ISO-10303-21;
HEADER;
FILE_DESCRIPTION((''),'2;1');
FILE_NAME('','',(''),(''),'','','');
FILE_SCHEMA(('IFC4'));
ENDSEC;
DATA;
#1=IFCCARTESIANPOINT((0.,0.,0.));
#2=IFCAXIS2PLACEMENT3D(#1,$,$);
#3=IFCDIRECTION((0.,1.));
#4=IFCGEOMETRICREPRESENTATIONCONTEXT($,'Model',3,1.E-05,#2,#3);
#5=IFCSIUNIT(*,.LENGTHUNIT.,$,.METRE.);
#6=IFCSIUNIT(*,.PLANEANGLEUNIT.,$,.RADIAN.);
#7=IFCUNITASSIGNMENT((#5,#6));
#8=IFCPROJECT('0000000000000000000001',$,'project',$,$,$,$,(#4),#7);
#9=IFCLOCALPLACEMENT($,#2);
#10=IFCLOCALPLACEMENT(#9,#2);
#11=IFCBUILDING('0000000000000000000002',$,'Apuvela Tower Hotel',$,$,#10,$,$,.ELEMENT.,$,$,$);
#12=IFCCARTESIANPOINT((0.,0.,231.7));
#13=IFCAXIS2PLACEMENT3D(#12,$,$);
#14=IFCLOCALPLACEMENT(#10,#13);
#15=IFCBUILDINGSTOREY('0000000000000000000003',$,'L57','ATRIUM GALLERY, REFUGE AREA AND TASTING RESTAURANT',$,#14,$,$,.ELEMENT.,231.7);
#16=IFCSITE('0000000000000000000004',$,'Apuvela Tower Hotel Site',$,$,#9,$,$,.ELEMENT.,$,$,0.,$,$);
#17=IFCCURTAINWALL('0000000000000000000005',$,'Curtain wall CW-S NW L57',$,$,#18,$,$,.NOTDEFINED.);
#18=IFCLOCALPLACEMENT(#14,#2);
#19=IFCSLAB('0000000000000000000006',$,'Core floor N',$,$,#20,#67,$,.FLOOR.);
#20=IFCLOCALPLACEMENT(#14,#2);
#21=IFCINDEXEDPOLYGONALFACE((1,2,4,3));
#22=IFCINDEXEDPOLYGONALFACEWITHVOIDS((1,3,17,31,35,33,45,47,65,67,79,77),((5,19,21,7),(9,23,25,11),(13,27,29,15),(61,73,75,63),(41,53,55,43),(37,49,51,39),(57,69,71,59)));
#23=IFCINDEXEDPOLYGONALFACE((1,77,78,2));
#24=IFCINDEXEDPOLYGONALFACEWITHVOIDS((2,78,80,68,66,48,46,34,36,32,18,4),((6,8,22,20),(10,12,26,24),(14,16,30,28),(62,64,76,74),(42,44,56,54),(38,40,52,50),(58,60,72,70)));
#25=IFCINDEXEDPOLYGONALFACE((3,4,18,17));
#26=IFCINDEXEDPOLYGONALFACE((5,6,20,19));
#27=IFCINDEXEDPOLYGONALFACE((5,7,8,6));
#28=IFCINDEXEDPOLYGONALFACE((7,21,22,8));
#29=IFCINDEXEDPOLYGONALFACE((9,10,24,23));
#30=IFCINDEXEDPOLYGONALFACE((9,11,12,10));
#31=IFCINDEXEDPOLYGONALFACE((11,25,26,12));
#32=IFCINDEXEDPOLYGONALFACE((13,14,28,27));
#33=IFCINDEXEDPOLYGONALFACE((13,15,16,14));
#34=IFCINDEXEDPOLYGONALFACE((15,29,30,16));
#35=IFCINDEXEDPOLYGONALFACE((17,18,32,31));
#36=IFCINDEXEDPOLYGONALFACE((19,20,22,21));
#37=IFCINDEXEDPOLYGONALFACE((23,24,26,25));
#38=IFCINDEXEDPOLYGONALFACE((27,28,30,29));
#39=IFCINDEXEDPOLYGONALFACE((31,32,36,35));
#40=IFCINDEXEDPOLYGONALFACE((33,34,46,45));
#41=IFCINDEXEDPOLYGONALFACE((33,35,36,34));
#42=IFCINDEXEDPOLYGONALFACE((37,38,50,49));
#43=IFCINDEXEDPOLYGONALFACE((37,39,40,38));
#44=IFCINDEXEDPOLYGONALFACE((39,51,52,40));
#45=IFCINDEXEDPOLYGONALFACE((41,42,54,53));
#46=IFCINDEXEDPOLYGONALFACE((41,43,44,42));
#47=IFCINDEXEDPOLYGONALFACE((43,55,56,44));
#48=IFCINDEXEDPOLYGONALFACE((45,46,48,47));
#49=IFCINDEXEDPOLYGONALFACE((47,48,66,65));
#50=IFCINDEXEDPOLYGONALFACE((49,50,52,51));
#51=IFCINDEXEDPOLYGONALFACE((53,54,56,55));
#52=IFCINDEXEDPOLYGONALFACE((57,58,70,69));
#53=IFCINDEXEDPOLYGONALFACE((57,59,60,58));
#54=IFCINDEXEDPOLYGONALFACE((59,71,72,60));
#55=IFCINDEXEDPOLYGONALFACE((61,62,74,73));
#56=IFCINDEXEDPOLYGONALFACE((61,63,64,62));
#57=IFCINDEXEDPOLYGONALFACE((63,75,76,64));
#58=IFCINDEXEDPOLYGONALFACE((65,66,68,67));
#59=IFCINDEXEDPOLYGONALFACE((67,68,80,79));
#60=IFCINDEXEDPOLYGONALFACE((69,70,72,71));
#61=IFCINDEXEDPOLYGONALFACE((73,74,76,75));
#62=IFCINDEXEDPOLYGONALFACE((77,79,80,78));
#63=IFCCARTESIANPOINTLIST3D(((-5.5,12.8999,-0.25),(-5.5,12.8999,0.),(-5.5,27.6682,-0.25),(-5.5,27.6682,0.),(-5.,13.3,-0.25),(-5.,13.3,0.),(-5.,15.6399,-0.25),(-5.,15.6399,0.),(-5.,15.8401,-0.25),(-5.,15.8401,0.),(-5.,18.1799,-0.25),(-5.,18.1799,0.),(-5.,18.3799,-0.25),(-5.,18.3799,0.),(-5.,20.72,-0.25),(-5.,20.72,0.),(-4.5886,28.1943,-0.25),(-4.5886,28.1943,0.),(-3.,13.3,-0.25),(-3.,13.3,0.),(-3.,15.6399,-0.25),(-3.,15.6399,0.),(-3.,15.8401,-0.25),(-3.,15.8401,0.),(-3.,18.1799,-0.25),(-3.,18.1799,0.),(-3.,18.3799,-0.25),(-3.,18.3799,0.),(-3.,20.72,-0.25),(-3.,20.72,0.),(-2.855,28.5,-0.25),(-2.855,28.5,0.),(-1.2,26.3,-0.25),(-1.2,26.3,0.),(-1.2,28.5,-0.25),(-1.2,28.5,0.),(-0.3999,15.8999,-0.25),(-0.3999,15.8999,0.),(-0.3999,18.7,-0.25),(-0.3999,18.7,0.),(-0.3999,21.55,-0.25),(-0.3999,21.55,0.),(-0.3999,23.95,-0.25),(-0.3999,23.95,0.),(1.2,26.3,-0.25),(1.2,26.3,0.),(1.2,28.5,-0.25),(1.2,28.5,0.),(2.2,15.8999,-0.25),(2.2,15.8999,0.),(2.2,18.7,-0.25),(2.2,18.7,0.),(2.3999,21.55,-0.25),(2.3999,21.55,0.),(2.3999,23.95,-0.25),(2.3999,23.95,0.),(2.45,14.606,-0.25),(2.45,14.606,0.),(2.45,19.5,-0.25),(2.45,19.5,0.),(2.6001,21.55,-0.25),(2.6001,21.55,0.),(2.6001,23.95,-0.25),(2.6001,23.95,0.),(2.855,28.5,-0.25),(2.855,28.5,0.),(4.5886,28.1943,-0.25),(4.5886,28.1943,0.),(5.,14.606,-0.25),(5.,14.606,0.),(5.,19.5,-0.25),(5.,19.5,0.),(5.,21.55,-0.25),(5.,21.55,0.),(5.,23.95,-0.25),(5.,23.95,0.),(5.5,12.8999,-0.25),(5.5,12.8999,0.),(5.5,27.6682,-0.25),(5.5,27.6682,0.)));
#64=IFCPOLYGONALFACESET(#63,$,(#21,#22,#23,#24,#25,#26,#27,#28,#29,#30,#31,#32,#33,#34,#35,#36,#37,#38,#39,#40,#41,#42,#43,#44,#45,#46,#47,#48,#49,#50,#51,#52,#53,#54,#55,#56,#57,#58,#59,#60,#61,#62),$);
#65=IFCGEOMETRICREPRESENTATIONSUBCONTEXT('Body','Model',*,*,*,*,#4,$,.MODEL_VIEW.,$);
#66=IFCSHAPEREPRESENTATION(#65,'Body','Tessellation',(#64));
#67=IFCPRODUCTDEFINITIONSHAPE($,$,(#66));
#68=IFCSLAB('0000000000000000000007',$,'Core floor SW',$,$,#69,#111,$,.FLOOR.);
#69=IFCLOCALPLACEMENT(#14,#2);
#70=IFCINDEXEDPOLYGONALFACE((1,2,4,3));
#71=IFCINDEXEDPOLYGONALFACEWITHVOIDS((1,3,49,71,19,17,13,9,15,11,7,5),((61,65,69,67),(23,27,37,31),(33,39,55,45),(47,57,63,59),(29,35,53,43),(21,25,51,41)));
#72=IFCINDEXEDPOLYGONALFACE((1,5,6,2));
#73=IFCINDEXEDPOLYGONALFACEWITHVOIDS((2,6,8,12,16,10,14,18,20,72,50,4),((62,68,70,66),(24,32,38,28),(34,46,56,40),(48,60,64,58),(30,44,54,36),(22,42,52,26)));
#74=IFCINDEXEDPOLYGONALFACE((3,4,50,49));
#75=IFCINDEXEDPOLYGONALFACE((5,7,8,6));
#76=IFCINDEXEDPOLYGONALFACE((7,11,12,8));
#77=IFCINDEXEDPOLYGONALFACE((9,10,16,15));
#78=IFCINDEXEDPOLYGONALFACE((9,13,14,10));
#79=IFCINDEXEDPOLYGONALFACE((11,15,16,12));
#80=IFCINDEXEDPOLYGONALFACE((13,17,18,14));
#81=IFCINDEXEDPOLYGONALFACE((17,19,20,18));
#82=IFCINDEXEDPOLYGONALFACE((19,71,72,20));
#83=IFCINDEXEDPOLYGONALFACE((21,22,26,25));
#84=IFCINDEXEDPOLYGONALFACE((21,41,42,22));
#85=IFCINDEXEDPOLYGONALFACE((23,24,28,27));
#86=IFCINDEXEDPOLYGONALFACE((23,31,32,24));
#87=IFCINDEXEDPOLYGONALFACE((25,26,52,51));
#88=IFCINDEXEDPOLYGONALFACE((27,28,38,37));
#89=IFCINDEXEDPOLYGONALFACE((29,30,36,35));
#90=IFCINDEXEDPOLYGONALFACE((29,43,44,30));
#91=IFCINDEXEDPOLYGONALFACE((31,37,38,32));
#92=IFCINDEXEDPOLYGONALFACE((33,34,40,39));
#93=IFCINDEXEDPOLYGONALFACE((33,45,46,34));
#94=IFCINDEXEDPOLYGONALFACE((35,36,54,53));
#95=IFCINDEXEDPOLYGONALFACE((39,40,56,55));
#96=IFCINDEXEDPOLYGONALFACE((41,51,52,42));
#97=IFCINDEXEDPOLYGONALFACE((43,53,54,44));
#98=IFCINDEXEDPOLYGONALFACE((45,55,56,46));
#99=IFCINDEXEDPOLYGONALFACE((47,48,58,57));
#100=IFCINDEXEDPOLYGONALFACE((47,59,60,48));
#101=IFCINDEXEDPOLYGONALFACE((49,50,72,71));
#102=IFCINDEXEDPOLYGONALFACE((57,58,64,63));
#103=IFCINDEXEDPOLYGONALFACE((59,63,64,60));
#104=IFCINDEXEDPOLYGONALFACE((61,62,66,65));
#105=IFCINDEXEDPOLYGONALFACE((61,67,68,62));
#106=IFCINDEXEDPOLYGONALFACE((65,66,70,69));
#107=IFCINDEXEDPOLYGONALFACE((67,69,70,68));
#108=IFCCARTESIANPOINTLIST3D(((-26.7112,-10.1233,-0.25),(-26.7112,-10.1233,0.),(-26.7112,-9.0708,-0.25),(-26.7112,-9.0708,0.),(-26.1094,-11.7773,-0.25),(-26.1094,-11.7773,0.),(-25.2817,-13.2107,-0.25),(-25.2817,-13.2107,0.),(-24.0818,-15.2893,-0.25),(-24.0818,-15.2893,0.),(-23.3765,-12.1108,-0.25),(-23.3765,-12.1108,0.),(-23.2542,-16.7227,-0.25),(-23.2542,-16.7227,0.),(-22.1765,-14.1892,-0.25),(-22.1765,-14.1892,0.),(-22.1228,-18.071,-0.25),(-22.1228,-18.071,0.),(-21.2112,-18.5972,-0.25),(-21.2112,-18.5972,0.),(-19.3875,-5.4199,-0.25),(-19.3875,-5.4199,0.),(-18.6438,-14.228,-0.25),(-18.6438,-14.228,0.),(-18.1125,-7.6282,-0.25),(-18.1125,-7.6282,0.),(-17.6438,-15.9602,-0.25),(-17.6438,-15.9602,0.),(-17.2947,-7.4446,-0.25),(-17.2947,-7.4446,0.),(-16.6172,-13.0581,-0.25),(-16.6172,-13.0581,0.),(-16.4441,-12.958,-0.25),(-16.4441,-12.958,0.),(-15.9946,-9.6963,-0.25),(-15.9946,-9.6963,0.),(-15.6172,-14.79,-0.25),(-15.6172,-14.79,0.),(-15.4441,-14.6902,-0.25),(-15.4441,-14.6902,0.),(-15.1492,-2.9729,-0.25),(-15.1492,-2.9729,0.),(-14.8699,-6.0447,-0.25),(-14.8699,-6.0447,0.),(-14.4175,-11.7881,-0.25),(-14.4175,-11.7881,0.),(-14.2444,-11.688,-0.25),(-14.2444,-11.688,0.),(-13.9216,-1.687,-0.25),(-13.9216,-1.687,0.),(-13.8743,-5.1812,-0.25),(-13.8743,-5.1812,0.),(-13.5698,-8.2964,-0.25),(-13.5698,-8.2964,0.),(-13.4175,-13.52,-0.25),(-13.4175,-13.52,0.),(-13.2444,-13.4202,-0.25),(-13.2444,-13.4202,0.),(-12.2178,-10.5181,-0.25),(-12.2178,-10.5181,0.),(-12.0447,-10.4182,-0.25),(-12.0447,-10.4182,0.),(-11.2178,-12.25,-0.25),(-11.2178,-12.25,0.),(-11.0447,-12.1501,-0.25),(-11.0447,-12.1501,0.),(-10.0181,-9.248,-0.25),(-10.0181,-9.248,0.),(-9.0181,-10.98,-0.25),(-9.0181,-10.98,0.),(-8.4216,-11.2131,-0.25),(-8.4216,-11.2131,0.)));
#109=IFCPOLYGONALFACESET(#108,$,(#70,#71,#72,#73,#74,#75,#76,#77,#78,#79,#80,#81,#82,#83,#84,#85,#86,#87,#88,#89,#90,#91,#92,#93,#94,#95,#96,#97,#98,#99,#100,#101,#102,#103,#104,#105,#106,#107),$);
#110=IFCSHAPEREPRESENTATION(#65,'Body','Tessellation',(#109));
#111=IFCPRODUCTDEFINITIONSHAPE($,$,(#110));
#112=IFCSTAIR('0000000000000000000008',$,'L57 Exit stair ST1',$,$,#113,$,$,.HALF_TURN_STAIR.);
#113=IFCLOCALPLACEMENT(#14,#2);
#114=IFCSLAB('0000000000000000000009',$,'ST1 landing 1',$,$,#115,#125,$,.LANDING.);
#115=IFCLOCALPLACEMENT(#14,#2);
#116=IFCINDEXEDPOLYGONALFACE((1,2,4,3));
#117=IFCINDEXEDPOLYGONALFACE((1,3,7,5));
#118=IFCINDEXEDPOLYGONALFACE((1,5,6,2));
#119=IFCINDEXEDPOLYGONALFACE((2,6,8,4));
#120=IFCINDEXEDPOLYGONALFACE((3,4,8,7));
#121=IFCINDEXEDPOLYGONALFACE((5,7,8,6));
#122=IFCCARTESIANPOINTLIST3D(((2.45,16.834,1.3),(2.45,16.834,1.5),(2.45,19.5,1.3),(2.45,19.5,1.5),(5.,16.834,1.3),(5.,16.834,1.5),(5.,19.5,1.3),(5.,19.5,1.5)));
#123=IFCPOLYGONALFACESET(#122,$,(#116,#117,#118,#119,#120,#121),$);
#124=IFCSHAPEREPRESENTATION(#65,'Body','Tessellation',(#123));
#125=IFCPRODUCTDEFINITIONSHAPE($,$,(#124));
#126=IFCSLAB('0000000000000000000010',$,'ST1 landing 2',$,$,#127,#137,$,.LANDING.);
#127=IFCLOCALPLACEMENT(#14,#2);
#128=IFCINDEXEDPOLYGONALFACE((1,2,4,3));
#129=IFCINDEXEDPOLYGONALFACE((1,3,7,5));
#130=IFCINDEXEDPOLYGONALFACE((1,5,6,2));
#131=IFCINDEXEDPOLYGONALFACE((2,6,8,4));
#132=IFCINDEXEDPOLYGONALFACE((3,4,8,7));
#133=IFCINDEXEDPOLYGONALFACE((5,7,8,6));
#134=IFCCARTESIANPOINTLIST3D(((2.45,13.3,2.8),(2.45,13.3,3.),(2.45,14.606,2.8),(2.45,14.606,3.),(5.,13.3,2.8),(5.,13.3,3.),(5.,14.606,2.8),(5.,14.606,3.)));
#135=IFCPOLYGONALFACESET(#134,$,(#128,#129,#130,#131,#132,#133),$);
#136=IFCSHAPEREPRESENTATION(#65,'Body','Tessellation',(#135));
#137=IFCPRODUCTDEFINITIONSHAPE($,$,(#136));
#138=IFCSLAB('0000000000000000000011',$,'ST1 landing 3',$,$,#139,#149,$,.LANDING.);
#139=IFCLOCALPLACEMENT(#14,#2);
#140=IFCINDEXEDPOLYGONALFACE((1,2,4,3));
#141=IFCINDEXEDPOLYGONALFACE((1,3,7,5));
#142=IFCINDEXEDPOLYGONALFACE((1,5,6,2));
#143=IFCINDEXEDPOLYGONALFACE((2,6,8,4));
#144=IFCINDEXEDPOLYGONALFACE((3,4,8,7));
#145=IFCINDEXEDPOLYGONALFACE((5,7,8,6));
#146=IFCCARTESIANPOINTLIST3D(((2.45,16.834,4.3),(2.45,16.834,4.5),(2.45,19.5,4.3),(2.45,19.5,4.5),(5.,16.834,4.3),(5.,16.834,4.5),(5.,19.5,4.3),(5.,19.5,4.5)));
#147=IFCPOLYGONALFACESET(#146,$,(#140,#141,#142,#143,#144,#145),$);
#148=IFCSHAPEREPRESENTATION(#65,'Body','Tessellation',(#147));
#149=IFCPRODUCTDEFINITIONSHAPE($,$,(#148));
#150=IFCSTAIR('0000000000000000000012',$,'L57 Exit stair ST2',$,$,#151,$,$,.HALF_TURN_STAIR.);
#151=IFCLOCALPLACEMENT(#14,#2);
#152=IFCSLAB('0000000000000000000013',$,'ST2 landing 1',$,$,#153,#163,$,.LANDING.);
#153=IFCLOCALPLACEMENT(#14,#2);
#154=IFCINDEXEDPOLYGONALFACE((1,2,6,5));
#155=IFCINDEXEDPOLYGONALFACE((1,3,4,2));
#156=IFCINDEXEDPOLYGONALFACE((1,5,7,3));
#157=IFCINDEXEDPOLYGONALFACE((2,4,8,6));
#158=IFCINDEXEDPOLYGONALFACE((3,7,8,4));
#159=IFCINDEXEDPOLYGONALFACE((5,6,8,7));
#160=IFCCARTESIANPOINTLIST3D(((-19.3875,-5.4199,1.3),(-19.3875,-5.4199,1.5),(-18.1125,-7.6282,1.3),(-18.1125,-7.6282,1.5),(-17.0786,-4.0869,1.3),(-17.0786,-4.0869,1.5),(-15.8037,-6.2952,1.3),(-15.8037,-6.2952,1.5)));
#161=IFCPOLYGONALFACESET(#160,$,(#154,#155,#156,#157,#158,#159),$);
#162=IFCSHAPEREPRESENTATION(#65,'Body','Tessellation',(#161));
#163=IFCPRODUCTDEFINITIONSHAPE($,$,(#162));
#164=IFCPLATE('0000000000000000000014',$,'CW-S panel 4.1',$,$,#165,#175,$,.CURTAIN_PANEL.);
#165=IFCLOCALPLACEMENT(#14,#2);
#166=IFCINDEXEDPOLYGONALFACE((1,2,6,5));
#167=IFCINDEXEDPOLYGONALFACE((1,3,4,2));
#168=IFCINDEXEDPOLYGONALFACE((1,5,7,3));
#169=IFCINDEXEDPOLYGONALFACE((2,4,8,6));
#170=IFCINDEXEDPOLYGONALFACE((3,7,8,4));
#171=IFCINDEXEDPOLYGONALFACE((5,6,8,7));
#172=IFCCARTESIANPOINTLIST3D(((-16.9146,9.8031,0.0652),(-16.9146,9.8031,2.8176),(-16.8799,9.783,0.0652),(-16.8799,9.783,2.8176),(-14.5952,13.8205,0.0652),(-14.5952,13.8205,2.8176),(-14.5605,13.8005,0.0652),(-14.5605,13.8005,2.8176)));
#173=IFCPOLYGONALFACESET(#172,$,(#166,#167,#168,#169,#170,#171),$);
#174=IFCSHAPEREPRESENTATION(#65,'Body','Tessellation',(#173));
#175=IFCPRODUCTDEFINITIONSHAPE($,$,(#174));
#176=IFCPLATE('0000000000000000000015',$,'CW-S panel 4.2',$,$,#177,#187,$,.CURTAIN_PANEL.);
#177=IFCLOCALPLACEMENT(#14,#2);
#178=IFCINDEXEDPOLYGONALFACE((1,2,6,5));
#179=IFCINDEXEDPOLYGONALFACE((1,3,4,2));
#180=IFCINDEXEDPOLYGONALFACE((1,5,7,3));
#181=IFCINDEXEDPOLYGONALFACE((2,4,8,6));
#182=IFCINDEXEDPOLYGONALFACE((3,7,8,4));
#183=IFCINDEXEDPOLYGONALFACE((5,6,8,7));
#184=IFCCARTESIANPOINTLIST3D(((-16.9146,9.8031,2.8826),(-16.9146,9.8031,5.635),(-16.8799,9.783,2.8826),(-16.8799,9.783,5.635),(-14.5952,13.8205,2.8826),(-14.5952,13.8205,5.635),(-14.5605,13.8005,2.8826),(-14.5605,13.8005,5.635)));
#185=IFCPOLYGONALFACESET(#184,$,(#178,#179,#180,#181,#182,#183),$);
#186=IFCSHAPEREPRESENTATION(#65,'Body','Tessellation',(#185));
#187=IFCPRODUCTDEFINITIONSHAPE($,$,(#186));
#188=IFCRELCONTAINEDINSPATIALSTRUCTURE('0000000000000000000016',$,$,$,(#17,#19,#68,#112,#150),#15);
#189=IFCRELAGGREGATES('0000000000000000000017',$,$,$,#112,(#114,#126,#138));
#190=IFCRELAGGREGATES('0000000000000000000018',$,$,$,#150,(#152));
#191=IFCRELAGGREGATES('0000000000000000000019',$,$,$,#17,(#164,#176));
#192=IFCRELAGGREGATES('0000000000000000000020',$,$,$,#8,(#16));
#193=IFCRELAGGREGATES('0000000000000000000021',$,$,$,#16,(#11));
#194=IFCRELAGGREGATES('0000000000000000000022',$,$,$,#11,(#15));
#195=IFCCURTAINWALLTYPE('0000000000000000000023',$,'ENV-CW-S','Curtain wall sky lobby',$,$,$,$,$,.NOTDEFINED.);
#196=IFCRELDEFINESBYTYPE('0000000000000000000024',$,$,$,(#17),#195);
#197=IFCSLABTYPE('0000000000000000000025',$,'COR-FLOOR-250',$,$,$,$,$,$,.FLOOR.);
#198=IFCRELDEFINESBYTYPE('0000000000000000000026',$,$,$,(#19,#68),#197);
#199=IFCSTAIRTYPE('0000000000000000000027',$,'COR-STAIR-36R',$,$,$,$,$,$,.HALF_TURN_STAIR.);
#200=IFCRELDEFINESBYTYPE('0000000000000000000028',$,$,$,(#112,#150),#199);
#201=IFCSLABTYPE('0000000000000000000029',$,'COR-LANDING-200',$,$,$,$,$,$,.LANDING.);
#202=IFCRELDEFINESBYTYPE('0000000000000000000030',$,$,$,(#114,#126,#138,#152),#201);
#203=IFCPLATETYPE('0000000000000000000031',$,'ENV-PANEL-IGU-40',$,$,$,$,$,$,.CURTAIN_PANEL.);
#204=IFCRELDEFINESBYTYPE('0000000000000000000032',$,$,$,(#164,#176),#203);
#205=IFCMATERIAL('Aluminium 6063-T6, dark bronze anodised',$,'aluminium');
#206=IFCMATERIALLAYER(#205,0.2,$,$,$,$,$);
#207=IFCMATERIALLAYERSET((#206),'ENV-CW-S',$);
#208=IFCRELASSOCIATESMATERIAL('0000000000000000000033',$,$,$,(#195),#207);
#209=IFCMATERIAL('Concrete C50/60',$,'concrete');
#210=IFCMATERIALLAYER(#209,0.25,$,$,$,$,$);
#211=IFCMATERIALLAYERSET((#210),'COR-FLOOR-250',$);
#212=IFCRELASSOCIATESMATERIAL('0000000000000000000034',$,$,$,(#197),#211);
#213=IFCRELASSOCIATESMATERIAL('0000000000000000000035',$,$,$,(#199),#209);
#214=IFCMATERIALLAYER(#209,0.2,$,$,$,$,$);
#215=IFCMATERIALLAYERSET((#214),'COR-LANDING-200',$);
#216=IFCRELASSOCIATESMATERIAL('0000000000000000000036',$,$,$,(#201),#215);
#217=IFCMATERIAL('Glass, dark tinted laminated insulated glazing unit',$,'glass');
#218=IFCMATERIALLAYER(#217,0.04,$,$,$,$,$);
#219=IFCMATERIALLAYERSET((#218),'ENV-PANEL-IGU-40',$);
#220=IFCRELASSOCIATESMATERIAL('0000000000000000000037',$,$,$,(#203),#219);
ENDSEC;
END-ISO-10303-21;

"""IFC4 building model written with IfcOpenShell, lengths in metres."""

from ifc_helpers import new_model, si_unit, direction, frame, origin, origin_2d, place, context, subcontext, project, spatial, polyline, rectangle, outline, extrude, material, layer, layer_set, type_object, element, aggregate, save


model = new_model("IFC4")

# Units and contexts
model_context = context("Model", 3, precision=1e-05, world=origin(), true_north=direction((0.0, 1.0)))
body_context = subcontext(model_context, "Body", "Model", "MODEL_VIEW")
ifc_project = project(units=[si_unit("LENGTHUNIT", "METRE"), si_unit("PLANEANGLEUNIT", "RADIAN")], contexts=[model_context])

# Site, building, storey
site_placement = place(None, origin())
site = spatial("IfcSite", under=ifc_project, at=site_placement, Name="Apuvela Tower Hotel Site", CompositionType="ELEMENT", RefElevation=0.0)
building_placement = place(site_placement, origin())
building = spatial("IfcBuilding", under=site, at=building_placement, Name="Apuvela Tower Hotel", CompositionType="ELEMENT")
storey_placement = place(building_placement, frame((0.0, 0.0, 231.7)))
storey = spatial("IfcBuildingStorey", under=building, at=storey_placement, Name="L57", Description="ATRIUM GALLERY, REFUGE AREA AND TASTING RESTAURANT", CompositionType="ELEMENT", Elevation=231.7)

# Curtain wall
ifc_material_1 = material(Name="Aluminium 6063-T6, dark bronze anodised", Category="aluminium")
ifc_layer_1 = layer(ifc_material_1, 0.2)
ifc_layer_set_1 = layer_set([ifc_layer_1], Name="ENV-CW-S")
curtain_wall_type = type_object("IfcCurtainWallType", Name="ENV-CW-S", Description="Curtain wall sky lobby", PredefinedType="NOTDEFINED", material=ifc_layer_set_1)
curtain_wall_placement = place(storey_placement, origin())
curtain_wall = element("IfcCurtainWall", 1, at=curtain_wall_placement, inside=storey, type_object=curtain_wall_type, Name="Curtain wall CW-S NW L57", PredefinedType="NOTDEFINED")

# Slabs
ifc_material_2 = material(Name="Concrete C50/60", Category="concrete")
ifc_layer_2 = layer(ifc_material_2, 0.25)
ifc_layer_set_2 = layer_set([ifc_layer_2], Name="COR-FLOOR-250")
slab_type_1 = type_object("IfcSlabType", Name="COR-FLOOR-250", PredefinedType="FLOOR", material=ifc_layer_set_2)
slab_1_placement = place(storey_placement, frame((0.0, 0.0, -0.25)))
element("IfcSlab", 2, at=slab_1_placement, inside=storey, type_object=slab_type_1, Name="Core floor N", PredefinedType="FLOOR", context=body_context, shape_type="SweptSolid", body=[
    extrude(outline(polyline([(5.5, 27.6682), (4.5886, 28.1943), (2.855, 28.5), (1.2, 28.5), (1.2, 26.3), (-1.2, 26.3), (-1.2, 28.5), (-2.855, 28.5), (-4.5886, 28.1943), (-5.5, 27.6682), (-5.5, 12.8999), (5.5, 12.8999), (5.5, 27.6682)]), holes=[polyline([(-3.0, 13.3), (-5.0, 13.3), (-5.0, 15.6399), (-3.0, 15.6399), (-3.0, 13.3)]), polyline([(-3.0, 18.1799), (-3.0, 15.8401), (-5.0, 15.8401), (-5.0, 18.1799), (-3.0, 18.1799)]), polyline([(5.0, 19.5), (5.0, 14.606), (2.45, 14.606), (2.45, 19.5), (5.0, 19.5)]), polyline([(2.2, 18.7), (2.2, 15.8999), (-0.3999, 15.8999), (-0.3999, 18.7), (2.2, 18.7)]), polyline([(-3.0, 20.72), (-3.0, 18.3799), (-5.0, 18.3799), (-5.0, 20.72), (-3.0, 20.72)]), polyline([(5.0, 23.95), (5.0, 21.55), (2.6001, 21.55), (2.6001, 23.95), (5.0, 23.95)]), polyline([(2.3999, 23.95), (2.3999, 21.55), (-0.3999, 21.55), (-0.3999, 23.95), (2.3999, 23.95)])]), origin(), (0.0, 0.0, 1.0), 0.25),
])
slab_2_placement = place(storey_placement, frame((0.0, 0.0, -0.25)))
element("IfcSlab", 3, at=slab_2_placement, inside=storey, type_object=slab_type_1, Name="Core floor SW", PredefinedType="FLOOR", context=body_context, shape_type="SweptSolid", body=[
    extrude(outline(polyline([(-26.7112, -9.0708), (-26.7112, -10.1233), (-26.1094, -11.7773), (-25.2817, -13.2107), (-23.3765, -12.1108), (-22.1765, -14.1892), (-24.0818, -15.2893), (-23.2542, -16.7227), (-22.1228, -18.071), (-21.2112, -18.5972), (-8.4216, -11.2131), (-13.9216, -1.687), (-26.7112, -9.0708)]), holes=[polyline([(-10.0181, -9.248), (-9.0181, -10.98), (-11.0447, -12.1501), (-12.0447, -10.4182), (-10.0181, -9.248)]), polyline([(-14.2444, -11.688), (-12.2178, -10.5181), (-11.2178, -12.25), (-13.2444, -13.4202), (-14.2444, -11.688)]), polyline([(-19.3875, -5.4199), (-15.1492, -2.9729), (-13.8743, -5.1812), (-18.1125, -7.6282), (-19.3875, -5.4199)]), polyline([(-14.8699, -6.0447), (-13.5698, -8.2964), (-15.9946, -9.6963), (-17.2947, -7.4446), (-14.8699, -6.0447)]), polyline([(-16.4441, -12.958), (-14.4175, -11.7881), (-13.4175, -13.52), (-15.4441, -14.6902), (-16.4441, -12.958)]), polyline([(-18.6438, -14.228), (-16.6172, -13.0581), (-15.6172, -14.79), (-17.6438, -15.9602), (-18.6438, -14.228)])]), origin(), (0.0, 0.0, 1.0), 0.25),
])

# Stair, slabs
stair_type = type_object("IfcStairType", Name="COR-STAIR-36R", PredefinedType="HALF_TURN_STAIR", material=ifc_material_2)
stair_1_placement = place(storey_placement, origin())
stair_1 = element("IfcStair", 4, at=stair_1_placement, inside=storey, type_object=stair_type, Name="L57 Exit stair ST1", PredefinedType="HALF_TURN_STAIR")
ifc_layer_3 = layer(ifc_material_2, 0.2)
ifc_layer_set_3 = layer_set([ifc_layer_3], Name="COR-LANDING-200")
slab_type_2 = type_object("IfcSlabType", Name="COR-LANDING-200", PredefinedType="LANDING", material=ifc_layer_set_3)
slab_3_placement = place(storey_placement, frame((0.0, 0.0, 1.3)))
slab_3 = element("IfcSlab", 5, at=slab_3_placement, type_object=slab_type_2, Name="ST1 landing 1", PredefinedType="LANDING", context=body_context, shape_type="SweptSolid", body=[
    extrude(outline(polyline([(5.0, 16.834), (5.0, 19.5), (2.45, 19.5), (2.45, 16.834), (5.0, 16.834)])), origin(), (0.0, 0.0, 1.0), 0.2),
])
slab_4_placement = place(storey_placement, frame((0.0, 0.0, 2.8)))
slab_4 = element("IfcSlab", 6, at=slab_4_placement, type_object=slab_type_2, Name="ST1 landing 2", PredefinedType="LANDING", context=body_context, shape_type="SweptSolid", body=[
    extrude(outline(polyline([(5.0, 13.3), (5.0, 14.606), (2.45, 14.606), (2.45, 13.3), (5.0, 13.3)])), origin(), (0.0, 0.0, 1.0), 0.2),
])
slab_5_placement = place(storey_placement, frame((0.0, 0.0, 4.3)))
slab_5 = element("IfcSlab", 7, at=slab_5_placement, type_object=slab_type_2, Name="ST1 landing 3", PredefinedType="LANDING", context=body_context, shape_type="SweptSolid", body=[
    extrude(outline(polyline([(5.0, 16.834), (5.0, 19.5), (2.45, 19.5), (2.45, 16.834), (5.0, 16.834)])), origin(), (0.0, 0.0, 1.0), 0.2),
])
aggregate(stair_1, [slab_3, slab_4, slab_5])

# Stair, slab
stair_2_placement = place(storey_placement, origin())
stair_2 = element("IfcStair", 8, at=stair_2_placement, inside=storey, type_object=stair_type, Name="L57 Exit stair ST2", PredefinedType="HALF_TURN_STAIR")
slab_6_placement = place(storey_placement, frame((0.0, 0.0, 1.3)))
slab_6 = element("IfcSlab", 9, at=slab_6_placement, type_object=slab_type_2, Name="ST2 landing 1", PredefinedType="LANDING", context=body_context, shape_type="SweptSolid", body=[
    extrude(outline(polyline([(-17.0786, -4.0869), (-19.3875, -5.4199), (-18.1125, -7.6282), (-15.8037, -6.2952), (-17.0786, -4.0869)])), origin(), (0.0, 0.0, 1.0), 0.2),
])
aggregate(stair_2, [slab_6])

# Plates
ifc_material_3 = material(Name="Glass, dark tinted laminated insulated glazing unit", Category="glass")
ifc_layer_4 = layer(ifc_material_3, 0.04)
ifc_layer_set_4 = layer_set([ifc_layer_4], Name="ENV-PANEL-IGU-40")
plate_type = type_object("IfcPlateType", Name="ENV-PANEL-IGU-40", PredefinedType="CURTAIN_PANEL", material=ifc_layer_set_4)
plate_1_placement = place(storey_placement, frame((-15.7375, 11.8018, 0.0652), z_axis=(0.0, 0.0, 1.0), x_axis=(-0.499999, -0.866026, 0.0)))
plate_1 = element("IfcPlate", 10, at=plate_1_placement, type_object=plate_type, Name="CW-S panel 4.1", PredefinedType="CURTAIN_PANEL", context=body_context, shape_type="SweptSolid", body=[
    extrude(rectangle(XDim=4.6389, YDim=0.04, at=origin_2d()), origin(), (0.0, 0.0, 1.0), 2.7524),
])
plate_2_placement = place(storey_placement, frame((-15.7375, 11.8018, 2.8826), z_axis=(0.0, 0.0, 1.0), x_axis=(-0.499999, -0.866026, 0.0)))
plate_2 = element("IfcPlate", 11, at=plate_2_placement, type_object=plate_type, Name="CW-S panel 4.2", PredefinedType="CURTAIN_PANEL", context=body_context, shape_type="SweptSolid", body=[
    extrude(rectangle(XDim=4.6389, YDim=0.04, at=origin_2d()), origin(), (0.0, 0.0, 1.0), 2.7524),
])
aggregate(curtain_wall, [plate_1, plate_2])

save(model, "model.ifc")
